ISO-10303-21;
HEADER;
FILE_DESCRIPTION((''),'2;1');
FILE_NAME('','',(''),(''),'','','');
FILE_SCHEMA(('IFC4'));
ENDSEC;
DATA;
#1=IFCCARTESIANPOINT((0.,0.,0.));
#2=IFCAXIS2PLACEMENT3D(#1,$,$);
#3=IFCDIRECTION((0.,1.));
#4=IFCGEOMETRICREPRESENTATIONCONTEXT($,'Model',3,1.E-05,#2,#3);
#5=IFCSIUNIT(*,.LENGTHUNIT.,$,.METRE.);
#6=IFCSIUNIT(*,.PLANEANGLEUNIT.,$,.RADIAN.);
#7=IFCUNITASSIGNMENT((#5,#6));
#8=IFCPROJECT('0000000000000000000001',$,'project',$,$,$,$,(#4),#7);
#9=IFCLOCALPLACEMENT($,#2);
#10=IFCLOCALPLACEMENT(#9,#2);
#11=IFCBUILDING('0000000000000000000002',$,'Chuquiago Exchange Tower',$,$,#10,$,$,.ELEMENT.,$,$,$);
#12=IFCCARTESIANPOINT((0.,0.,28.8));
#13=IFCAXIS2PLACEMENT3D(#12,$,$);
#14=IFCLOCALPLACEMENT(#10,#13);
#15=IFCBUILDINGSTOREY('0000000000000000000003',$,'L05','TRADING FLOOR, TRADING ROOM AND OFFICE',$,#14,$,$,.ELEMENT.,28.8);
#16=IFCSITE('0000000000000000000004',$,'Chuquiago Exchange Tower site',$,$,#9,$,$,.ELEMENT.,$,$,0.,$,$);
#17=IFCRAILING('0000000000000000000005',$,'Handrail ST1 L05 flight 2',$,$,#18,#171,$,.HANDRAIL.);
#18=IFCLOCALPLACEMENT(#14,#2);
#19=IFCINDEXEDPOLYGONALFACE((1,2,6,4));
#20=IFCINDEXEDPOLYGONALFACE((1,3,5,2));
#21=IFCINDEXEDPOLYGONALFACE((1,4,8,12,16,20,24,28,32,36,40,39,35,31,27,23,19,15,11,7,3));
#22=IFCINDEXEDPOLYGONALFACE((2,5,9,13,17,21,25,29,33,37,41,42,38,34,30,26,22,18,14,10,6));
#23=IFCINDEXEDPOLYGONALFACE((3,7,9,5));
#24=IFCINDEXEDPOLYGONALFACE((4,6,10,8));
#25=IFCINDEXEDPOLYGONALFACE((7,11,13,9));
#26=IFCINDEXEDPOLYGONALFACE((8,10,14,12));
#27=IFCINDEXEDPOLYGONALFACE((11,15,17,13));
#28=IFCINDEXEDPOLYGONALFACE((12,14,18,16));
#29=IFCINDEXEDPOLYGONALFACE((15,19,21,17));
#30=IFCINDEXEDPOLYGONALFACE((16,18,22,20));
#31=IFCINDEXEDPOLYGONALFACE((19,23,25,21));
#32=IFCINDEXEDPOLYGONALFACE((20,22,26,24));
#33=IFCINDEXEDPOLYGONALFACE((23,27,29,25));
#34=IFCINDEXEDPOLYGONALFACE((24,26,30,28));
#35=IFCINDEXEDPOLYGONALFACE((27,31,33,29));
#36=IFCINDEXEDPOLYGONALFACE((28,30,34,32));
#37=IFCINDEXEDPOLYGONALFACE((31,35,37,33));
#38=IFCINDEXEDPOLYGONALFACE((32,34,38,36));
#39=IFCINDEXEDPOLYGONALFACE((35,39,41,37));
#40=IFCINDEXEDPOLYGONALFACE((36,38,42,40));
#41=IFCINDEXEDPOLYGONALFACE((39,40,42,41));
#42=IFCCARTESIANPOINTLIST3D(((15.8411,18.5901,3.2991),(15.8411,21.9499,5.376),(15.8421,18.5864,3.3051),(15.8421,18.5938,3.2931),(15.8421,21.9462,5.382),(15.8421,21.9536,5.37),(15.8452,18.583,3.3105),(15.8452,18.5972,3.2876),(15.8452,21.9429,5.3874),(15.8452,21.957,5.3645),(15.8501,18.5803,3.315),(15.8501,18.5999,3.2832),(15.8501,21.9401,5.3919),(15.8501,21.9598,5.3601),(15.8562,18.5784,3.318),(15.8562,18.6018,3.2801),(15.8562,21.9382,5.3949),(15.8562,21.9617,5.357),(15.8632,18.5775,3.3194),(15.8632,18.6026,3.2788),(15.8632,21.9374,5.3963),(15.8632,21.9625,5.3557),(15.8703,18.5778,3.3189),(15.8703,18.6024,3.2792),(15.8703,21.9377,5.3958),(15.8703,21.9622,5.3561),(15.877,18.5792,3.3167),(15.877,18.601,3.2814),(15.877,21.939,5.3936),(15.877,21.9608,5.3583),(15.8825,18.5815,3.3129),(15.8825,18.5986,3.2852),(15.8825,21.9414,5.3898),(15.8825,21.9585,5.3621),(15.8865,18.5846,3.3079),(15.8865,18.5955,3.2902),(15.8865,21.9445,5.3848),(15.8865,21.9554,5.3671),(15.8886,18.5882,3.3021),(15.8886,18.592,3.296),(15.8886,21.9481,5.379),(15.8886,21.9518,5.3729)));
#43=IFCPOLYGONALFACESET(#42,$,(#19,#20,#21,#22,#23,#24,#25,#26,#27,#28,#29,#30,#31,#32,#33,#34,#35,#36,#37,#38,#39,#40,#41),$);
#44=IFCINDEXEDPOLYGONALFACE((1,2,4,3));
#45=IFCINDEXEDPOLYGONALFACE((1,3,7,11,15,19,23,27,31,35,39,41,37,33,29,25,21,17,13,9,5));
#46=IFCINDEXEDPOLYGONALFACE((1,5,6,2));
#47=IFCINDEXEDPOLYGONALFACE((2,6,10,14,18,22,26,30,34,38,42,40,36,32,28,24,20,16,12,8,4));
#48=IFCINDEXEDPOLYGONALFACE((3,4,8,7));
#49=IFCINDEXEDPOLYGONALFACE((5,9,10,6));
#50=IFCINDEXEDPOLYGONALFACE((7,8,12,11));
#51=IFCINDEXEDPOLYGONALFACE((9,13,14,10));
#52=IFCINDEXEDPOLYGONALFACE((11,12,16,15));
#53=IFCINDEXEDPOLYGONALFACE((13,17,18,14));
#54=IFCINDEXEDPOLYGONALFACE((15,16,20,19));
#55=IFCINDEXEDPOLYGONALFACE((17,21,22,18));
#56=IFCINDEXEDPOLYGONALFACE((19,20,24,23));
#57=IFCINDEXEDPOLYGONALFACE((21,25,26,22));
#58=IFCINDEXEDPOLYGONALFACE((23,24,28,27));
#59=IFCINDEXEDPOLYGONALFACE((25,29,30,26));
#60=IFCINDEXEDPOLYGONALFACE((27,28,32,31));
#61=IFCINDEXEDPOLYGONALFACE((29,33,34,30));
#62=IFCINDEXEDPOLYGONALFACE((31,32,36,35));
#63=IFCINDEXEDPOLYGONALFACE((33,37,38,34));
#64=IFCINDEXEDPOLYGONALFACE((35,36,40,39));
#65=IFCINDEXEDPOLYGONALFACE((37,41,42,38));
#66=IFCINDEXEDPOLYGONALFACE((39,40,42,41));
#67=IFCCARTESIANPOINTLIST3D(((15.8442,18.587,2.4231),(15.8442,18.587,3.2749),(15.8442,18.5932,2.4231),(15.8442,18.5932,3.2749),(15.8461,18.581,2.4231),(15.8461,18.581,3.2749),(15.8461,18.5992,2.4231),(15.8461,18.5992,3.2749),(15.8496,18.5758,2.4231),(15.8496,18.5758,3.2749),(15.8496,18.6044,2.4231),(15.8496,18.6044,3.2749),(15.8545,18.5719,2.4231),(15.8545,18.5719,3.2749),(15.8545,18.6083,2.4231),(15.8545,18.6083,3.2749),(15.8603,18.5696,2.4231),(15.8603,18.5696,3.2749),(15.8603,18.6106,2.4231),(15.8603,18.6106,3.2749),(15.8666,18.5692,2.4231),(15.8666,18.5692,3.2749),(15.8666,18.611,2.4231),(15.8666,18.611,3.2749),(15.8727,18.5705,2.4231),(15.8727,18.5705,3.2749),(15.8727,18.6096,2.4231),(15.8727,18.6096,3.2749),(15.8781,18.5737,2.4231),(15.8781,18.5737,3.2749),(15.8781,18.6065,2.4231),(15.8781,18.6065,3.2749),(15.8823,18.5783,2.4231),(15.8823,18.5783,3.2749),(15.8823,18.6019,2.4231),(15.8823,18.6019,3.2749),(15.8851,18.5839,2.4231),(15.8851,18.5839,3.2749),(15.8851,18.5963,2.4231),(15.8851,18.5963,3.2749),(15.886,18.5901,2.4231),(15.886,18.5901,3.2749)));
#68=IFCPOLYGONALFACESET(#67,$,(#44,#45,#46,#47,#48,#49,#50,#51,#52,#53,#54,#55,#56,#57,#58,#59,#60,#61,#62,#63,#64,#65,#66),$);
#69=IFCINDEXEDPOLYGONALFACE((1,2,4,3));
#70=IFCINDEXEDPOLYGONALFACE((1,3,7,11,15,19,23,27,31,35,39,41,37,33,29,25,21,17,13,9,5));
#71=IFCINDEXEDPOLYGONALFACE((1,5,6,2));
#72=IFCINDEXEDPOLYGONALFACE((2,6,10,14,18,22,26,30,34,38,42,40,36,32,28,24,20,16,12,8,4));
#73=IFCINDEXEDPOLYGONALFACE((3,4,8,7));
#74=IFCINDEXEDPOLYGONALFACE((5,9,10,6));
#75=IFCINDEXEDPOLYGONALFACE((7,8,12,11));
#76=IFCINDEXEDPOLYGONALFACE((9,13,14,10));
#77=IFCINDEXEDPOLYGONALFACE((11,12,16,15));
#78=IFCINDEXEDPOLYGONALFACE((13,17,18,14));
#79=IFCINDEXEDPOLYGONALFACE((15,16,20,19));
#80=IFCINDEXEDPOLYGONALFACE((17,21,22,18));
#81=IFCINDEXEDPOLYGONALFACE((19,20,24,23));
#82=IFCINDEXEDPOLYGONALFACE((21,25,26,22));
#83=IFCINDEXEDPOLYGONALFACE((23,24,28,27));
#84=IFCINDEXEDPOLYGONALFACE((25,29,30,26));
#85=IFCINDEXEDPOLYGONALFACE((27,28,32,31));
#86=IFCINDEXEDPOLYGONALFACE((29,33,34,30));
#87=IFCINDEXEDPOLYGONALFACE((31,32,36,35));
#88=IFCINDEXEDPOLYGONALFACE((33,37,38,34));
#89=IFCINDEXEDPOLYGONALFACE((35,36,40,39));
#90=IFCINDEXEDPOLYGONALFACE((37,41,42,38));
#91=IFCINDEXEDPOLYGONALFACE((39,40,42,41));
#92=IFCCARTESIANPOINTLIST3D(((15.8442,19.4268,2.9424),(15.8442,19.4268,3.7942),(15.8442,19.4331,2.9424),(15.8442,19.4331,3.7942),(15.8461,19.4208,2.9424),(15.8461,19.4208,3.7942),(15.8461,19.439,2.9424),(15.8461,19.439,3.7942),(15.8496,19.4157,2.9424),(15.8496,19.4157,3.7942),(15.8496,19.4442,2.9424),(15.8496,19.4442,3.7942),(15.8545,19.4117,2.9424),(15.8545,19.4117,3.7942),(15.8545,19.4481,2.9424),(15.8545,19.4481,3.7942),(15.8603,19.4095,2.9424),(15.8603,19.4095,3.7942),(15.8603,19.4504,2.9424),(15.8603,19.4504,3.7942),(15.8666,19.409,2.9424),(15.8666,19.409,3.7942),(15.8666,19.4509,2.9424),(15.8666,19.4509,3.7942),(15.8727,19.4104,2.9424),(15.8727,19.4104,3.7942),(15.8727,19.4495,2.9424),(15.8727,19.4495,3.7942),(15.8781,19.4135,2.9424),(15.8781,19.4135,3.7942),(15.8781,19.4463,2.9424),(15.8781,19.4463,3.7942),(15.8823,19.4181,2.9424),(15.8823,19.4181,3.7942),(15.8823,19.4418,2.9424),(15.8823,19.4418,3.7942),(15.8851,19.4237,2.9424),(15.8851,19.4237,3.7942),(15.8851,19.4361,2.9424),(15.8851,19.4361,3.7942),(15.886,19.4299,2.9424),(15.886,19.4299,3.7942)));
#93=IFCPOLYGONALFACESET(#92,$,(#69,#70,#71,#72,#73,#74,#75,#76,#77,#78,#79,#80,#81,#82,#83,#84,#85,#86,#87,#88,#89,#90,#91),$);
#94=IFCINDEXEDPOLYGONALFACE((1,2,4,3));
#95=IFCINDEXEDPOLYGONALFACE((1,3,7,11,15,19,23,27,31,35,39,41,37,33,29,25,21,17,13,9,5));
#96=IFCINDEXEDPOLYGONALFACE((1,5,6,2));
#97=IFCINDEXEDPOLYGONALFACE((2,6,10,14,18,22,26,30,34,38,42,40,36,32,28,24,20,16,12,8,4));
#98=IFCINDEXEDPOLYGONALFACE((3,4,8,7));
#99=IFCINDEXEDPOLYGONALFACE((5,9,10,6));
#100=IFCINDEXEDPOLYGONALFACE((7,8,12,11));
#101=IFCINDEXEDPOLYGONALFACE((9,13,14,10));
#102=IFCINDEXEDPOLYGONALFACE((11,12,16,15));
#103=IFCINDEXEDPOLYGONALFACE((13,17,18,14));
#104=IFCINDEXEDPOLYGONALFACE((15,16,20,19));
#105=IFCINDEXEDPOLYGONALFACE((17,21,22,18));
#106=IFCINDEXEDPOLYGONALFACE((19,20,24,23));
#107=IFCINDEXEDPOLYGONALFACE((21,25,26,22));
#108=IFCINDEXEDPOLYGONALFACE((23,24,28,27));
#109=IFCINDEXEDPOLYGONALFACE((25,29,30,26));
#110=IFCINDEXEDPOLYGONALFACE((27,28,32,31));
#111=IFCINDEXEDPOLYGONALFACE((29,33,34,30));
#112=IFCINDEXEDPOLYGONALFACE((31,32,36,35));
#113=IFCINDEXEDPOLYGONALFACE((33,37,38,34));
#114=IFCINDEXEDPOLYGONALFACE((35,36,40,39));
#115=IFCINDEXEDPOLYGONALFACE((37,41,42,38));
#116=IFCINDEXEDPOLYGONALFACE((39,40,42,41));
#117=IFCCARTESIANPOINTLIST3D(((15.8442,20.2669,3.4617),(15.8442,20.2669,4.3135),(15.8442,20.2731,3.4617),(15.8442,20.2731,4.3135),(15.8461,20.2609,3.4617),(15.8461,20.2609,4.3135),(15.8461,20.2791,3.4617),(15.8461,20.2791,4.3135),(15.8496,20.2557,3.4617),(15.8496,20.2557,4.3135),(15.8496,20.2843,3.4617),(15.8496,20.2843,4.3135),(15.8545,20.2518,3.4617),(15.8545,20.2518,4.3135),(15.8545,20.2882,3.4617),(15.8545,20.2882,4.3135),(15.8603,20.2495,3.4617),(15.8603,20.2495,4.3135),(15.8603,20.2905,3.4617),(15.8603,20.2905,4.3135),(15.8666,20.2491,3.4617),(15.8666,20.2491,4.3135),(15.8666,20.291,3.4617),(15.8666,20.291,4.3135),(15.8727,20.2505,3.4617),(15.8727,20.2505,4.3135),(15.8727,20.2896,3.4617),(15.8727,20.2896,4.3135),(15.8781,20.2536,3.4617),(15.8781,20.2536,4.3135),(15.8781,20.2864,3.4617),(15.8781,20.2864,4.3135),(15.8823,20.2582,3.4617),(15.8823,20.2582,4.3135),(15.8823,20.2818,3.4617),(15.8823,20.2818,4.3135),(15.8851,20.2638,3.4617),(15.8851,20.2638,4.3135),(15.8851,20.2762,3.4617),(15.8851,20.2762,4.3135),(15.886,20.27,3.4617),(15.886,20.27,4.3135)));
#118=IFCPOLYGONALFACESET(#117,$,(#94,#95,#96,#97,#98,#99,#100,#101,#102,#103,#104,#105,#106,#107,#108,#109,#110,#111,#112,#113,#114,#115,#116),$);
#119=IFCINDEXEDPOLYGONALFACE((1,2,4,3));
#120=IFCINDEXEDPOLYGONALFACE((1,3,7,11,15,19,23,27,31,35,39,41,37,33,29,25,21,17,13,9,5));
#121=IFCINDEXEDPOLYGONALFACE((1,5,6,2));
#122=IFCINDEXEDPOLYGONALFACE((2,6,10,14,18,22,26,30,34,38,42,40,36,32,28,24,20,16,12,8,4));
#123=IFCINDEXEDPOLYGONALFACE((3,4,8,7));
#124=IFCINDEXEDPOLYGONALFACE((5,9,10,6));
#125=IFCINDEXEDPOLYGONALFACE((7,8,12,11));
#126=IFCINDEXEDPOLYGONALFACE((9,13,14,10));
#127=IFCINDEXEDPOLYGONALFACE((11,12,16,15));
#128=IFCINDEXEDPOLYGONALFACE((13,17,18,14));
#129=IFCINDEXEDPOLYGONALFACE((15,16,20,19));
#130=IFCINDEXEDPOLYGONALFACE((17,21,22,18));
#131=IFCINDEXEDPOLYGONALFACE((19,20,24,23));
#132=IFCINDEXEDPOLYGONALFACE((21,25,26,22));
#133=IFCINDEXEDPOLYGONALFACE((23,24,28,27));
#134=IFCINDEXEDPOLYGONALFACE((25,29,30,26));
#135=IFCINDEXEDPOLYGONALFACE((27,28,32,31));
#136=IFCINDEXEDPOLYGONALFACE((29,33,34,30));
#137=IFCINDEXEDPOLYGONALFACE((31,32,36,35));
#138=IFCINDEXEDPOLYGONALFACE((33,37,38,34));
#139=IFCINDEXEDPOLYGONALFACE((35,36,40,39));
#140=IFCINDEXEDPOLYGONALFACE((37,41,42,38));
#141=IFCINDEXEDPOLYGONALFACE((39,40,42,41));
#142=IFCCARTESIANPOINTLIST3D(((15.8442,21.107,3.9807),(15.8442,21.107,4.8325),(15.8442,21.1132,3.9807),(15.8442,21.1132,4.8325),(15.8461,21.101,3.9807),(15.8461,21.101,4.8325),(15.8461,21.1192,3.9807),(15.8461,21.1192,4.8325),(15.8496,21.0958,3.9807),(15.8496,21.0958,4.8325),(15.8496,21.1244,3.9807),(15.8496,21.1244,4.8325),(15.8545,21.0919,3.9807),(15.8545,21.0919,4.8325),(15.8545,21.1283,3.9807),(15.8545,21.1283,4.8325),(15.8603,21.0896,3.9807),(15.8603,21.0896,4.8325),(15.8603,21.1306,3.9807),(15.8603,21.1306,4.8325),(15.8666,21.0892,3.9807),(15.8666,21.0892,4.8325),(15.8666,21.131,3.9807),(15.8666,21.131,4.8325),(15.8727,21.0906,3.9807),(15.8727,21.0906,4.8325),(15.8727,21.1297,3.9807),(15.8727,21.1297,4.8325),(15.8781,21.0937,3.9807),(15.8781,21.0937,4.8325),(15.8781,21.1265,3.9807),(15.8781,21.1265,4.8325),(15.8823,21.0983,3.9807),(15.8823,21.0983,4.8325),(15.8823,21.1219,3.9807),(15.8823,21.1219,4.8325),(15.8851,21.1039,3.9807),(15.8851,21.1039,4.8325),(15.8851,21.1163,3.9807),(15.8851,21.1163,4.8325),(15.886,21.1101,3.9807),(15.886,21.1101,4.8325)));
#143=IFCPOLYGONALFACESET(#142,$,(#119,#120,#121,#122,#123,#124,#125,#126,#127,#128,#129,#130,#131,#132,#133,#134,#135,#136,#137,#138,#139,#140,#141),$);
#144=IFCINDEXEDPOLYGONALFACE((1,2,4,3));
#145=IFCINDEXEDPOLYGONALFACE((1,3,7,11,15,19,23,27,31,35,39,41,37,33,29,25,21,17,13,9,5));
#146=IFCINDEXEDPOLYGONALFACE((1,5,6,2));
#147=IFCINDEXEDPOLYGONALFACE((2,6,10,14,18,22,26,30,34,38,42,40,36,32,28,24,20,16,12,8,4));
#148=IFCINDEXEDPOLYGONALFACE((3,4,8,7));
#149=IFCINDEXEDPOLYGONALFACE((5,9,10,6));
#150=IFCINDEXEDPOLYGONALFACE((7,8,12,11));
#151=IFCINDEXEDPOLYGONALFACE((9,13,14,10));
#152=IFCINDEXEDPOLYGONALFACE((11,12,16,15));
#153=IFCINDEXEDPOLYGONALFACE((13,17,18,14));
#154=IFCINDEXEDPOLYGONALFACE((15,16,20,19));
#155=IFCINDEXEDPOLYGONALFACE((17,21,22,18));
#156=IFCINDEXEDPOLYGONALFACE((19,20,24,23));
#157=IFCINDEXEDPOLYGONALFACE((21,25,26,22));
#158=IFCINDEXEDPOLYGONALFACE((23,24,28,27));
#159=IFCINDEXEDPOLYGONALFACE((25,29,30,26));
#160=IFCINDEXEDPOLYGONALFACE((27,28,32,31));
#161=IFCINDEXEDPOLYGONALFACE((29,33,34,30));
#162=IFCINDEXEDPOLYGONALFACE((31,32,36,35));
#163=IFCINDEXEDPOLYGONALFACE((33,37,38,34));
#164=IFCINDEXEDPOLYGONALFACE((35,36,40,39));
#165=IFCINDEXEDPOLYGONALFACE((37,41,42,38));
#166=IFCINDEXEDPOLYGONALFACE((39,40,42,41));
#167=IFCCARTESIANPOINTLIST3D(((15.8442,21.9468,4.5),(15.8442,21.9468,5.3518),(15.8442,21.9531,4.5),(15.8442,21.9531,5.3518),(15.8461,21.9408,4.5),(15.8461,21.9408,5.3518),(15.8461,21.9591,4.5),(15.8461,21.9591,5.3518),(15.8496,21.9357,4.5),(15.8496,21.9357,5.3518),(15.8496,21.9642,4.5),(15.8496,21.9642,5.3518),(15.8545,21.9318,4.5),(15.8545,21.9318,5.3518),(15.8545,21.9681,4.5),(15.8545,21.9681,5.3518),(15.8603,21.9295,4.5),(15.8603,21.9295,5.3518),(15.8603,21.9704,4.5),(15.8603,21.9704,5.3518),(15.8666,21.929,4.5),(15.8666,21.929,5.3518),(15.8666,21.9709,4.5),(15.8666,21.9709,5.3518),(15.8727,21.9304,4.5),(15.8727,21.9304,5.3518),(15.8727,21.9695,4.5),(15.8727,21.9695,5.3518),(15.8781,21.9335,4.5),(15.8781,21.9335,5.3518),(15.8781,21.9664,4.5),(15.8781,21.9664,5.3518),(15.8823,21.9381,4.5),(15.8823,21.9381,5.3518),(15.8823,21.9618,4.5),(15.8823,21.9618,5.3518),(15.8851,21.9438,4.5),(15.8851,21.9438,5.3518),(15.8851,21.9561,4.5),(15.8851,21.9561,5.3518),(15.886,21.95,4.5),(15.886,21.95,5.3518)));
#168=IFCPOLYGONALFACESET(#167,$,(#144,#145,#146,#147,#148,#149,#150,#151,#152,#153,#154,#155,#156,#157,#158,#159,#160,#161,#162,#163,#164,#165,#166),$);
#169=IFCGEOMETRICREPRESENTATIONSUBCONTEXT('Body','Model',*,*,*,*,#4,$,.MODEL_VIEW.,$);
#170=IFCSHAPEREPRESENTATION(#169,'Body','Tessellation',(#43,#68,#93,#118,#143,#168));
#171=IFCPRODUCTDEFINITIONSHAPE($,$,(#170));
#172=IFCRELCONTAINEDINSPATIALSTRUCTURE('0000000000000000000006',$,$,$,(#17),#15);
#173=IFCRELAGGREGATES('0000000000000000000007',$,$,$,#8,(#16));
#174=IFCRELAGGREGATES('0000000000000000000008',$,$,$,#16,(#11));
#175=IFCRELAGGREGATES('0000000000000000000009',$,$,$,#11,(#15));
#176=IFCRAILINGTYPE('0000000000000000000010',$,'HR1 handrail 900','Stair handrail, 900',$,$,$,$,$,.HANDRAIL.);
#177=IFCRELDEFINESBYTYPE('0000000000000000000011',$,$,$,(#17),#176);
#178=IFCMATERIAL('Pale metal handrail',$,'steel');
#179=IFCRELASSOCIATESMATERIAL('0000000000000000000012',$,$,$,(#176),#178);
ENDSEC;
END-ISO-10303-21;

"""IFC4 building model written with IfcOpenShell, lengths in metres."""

from ifc_helpers import new_model, si_unit, direction, frame, origin, origin_2d, place, context, subcontext, project, spatial, circle, extrude, material, type_object, element, save


model = new_model("IFC4")

# Units and contexts
model_context = context("Model", 3, precision=1e-05, world=origin(), true_north=direction((0.0, 1.0)))
body_context = subcontext(model_context, "Body", "Model", "MODEL_VIEW")
ifc_project = project(units=[si_unit("LENGTHUNIT", "METRE"), si_unit("PLANEANGLEUNIT", "RADIAN")], contexts=[model_context])

# Site, building, storey
site_placement = place(None, origin())
site = spatial("IfcSite", under=ifc_project, at=site_placement, Name="Chuquiago Exchange Tower site", CompositionType="ELEMENT", RefElevation=0.0)
building_placement = place(site_placement, origin())
building = spatial("IfcBuilding", under=site, at=building_placement, Name="Chuquiago Exchange Tower", CompositionType="ELEMENT")
storey_placement = place(building_placement, frame((0.0, 0.0, 28.8)))
storey = spatial("IfcBuildingStorey", under=building, at=storey_placement, Name="L05", Description="TRADING FLOOR, TRADING ROOM AND OFFICE", CompositionType="ELEMENT", Elevation=28.8)

# Railing
ifc_material_1 = material(Name="Pale metal handrail", Category="steel")
railing_type_1 = type_object("IfcRailingType", Name="HR1 handrail 900", Description="Stair handrail, 900", PredefinedType="HANDRAIL", material=ifc_material_1)
for number, where, name in (
    (1, (15.865, 18.5901, 2.4231), "Handrail ST1 L05 flight 2"),
):
    element("IfcRailing", number, at=place(storey_placement, frame(where)), inside=storey, type_object=railing_type_1, Name=name, PredefinedType="HANDRAIL", context=body_context, shape_type="SweptSolid", body=[
        extrude(circle(Radius=0.0239, at=origin_2d()), frame((0.0, 0.0, 0.876), z_axis=(0.0, 0.850606, 0.525803), x_axis=(-1.0, 0.0, 0.0)), (0.0, 0.0, 1.0), 3.95),
        extrude(circle(Radius=0.021, at=origin_2d()), origin(), (0.0, 0.0, 1.0), 0.8518),
        extrude(circle(Radius=0.021, at=origin_2d()), frame((0.0, 0.8398, 0.5193)), (0.0, 0.0, 1.0), 0.8518),
        extrude(circle(Radius=0.021, at=origin_2d()), frame((0.0, 1.6799, 1.0386)), (0.0, 0.0, 1.0), 0.8518),
        extrude(circle(Radius=0.021, at=origin_2d()), frame((0.0, 2.52, 1.5576)), (0.0, 0.0, 1.0), 0.8518),
        extrude(circle(Radius=0.021, at=origin_2d()), frame((0.0, 3.3599, 2.0769)), (0.0, 0.0, 1.0), 0.8518),
    ])

save(model, "model.ifc")
